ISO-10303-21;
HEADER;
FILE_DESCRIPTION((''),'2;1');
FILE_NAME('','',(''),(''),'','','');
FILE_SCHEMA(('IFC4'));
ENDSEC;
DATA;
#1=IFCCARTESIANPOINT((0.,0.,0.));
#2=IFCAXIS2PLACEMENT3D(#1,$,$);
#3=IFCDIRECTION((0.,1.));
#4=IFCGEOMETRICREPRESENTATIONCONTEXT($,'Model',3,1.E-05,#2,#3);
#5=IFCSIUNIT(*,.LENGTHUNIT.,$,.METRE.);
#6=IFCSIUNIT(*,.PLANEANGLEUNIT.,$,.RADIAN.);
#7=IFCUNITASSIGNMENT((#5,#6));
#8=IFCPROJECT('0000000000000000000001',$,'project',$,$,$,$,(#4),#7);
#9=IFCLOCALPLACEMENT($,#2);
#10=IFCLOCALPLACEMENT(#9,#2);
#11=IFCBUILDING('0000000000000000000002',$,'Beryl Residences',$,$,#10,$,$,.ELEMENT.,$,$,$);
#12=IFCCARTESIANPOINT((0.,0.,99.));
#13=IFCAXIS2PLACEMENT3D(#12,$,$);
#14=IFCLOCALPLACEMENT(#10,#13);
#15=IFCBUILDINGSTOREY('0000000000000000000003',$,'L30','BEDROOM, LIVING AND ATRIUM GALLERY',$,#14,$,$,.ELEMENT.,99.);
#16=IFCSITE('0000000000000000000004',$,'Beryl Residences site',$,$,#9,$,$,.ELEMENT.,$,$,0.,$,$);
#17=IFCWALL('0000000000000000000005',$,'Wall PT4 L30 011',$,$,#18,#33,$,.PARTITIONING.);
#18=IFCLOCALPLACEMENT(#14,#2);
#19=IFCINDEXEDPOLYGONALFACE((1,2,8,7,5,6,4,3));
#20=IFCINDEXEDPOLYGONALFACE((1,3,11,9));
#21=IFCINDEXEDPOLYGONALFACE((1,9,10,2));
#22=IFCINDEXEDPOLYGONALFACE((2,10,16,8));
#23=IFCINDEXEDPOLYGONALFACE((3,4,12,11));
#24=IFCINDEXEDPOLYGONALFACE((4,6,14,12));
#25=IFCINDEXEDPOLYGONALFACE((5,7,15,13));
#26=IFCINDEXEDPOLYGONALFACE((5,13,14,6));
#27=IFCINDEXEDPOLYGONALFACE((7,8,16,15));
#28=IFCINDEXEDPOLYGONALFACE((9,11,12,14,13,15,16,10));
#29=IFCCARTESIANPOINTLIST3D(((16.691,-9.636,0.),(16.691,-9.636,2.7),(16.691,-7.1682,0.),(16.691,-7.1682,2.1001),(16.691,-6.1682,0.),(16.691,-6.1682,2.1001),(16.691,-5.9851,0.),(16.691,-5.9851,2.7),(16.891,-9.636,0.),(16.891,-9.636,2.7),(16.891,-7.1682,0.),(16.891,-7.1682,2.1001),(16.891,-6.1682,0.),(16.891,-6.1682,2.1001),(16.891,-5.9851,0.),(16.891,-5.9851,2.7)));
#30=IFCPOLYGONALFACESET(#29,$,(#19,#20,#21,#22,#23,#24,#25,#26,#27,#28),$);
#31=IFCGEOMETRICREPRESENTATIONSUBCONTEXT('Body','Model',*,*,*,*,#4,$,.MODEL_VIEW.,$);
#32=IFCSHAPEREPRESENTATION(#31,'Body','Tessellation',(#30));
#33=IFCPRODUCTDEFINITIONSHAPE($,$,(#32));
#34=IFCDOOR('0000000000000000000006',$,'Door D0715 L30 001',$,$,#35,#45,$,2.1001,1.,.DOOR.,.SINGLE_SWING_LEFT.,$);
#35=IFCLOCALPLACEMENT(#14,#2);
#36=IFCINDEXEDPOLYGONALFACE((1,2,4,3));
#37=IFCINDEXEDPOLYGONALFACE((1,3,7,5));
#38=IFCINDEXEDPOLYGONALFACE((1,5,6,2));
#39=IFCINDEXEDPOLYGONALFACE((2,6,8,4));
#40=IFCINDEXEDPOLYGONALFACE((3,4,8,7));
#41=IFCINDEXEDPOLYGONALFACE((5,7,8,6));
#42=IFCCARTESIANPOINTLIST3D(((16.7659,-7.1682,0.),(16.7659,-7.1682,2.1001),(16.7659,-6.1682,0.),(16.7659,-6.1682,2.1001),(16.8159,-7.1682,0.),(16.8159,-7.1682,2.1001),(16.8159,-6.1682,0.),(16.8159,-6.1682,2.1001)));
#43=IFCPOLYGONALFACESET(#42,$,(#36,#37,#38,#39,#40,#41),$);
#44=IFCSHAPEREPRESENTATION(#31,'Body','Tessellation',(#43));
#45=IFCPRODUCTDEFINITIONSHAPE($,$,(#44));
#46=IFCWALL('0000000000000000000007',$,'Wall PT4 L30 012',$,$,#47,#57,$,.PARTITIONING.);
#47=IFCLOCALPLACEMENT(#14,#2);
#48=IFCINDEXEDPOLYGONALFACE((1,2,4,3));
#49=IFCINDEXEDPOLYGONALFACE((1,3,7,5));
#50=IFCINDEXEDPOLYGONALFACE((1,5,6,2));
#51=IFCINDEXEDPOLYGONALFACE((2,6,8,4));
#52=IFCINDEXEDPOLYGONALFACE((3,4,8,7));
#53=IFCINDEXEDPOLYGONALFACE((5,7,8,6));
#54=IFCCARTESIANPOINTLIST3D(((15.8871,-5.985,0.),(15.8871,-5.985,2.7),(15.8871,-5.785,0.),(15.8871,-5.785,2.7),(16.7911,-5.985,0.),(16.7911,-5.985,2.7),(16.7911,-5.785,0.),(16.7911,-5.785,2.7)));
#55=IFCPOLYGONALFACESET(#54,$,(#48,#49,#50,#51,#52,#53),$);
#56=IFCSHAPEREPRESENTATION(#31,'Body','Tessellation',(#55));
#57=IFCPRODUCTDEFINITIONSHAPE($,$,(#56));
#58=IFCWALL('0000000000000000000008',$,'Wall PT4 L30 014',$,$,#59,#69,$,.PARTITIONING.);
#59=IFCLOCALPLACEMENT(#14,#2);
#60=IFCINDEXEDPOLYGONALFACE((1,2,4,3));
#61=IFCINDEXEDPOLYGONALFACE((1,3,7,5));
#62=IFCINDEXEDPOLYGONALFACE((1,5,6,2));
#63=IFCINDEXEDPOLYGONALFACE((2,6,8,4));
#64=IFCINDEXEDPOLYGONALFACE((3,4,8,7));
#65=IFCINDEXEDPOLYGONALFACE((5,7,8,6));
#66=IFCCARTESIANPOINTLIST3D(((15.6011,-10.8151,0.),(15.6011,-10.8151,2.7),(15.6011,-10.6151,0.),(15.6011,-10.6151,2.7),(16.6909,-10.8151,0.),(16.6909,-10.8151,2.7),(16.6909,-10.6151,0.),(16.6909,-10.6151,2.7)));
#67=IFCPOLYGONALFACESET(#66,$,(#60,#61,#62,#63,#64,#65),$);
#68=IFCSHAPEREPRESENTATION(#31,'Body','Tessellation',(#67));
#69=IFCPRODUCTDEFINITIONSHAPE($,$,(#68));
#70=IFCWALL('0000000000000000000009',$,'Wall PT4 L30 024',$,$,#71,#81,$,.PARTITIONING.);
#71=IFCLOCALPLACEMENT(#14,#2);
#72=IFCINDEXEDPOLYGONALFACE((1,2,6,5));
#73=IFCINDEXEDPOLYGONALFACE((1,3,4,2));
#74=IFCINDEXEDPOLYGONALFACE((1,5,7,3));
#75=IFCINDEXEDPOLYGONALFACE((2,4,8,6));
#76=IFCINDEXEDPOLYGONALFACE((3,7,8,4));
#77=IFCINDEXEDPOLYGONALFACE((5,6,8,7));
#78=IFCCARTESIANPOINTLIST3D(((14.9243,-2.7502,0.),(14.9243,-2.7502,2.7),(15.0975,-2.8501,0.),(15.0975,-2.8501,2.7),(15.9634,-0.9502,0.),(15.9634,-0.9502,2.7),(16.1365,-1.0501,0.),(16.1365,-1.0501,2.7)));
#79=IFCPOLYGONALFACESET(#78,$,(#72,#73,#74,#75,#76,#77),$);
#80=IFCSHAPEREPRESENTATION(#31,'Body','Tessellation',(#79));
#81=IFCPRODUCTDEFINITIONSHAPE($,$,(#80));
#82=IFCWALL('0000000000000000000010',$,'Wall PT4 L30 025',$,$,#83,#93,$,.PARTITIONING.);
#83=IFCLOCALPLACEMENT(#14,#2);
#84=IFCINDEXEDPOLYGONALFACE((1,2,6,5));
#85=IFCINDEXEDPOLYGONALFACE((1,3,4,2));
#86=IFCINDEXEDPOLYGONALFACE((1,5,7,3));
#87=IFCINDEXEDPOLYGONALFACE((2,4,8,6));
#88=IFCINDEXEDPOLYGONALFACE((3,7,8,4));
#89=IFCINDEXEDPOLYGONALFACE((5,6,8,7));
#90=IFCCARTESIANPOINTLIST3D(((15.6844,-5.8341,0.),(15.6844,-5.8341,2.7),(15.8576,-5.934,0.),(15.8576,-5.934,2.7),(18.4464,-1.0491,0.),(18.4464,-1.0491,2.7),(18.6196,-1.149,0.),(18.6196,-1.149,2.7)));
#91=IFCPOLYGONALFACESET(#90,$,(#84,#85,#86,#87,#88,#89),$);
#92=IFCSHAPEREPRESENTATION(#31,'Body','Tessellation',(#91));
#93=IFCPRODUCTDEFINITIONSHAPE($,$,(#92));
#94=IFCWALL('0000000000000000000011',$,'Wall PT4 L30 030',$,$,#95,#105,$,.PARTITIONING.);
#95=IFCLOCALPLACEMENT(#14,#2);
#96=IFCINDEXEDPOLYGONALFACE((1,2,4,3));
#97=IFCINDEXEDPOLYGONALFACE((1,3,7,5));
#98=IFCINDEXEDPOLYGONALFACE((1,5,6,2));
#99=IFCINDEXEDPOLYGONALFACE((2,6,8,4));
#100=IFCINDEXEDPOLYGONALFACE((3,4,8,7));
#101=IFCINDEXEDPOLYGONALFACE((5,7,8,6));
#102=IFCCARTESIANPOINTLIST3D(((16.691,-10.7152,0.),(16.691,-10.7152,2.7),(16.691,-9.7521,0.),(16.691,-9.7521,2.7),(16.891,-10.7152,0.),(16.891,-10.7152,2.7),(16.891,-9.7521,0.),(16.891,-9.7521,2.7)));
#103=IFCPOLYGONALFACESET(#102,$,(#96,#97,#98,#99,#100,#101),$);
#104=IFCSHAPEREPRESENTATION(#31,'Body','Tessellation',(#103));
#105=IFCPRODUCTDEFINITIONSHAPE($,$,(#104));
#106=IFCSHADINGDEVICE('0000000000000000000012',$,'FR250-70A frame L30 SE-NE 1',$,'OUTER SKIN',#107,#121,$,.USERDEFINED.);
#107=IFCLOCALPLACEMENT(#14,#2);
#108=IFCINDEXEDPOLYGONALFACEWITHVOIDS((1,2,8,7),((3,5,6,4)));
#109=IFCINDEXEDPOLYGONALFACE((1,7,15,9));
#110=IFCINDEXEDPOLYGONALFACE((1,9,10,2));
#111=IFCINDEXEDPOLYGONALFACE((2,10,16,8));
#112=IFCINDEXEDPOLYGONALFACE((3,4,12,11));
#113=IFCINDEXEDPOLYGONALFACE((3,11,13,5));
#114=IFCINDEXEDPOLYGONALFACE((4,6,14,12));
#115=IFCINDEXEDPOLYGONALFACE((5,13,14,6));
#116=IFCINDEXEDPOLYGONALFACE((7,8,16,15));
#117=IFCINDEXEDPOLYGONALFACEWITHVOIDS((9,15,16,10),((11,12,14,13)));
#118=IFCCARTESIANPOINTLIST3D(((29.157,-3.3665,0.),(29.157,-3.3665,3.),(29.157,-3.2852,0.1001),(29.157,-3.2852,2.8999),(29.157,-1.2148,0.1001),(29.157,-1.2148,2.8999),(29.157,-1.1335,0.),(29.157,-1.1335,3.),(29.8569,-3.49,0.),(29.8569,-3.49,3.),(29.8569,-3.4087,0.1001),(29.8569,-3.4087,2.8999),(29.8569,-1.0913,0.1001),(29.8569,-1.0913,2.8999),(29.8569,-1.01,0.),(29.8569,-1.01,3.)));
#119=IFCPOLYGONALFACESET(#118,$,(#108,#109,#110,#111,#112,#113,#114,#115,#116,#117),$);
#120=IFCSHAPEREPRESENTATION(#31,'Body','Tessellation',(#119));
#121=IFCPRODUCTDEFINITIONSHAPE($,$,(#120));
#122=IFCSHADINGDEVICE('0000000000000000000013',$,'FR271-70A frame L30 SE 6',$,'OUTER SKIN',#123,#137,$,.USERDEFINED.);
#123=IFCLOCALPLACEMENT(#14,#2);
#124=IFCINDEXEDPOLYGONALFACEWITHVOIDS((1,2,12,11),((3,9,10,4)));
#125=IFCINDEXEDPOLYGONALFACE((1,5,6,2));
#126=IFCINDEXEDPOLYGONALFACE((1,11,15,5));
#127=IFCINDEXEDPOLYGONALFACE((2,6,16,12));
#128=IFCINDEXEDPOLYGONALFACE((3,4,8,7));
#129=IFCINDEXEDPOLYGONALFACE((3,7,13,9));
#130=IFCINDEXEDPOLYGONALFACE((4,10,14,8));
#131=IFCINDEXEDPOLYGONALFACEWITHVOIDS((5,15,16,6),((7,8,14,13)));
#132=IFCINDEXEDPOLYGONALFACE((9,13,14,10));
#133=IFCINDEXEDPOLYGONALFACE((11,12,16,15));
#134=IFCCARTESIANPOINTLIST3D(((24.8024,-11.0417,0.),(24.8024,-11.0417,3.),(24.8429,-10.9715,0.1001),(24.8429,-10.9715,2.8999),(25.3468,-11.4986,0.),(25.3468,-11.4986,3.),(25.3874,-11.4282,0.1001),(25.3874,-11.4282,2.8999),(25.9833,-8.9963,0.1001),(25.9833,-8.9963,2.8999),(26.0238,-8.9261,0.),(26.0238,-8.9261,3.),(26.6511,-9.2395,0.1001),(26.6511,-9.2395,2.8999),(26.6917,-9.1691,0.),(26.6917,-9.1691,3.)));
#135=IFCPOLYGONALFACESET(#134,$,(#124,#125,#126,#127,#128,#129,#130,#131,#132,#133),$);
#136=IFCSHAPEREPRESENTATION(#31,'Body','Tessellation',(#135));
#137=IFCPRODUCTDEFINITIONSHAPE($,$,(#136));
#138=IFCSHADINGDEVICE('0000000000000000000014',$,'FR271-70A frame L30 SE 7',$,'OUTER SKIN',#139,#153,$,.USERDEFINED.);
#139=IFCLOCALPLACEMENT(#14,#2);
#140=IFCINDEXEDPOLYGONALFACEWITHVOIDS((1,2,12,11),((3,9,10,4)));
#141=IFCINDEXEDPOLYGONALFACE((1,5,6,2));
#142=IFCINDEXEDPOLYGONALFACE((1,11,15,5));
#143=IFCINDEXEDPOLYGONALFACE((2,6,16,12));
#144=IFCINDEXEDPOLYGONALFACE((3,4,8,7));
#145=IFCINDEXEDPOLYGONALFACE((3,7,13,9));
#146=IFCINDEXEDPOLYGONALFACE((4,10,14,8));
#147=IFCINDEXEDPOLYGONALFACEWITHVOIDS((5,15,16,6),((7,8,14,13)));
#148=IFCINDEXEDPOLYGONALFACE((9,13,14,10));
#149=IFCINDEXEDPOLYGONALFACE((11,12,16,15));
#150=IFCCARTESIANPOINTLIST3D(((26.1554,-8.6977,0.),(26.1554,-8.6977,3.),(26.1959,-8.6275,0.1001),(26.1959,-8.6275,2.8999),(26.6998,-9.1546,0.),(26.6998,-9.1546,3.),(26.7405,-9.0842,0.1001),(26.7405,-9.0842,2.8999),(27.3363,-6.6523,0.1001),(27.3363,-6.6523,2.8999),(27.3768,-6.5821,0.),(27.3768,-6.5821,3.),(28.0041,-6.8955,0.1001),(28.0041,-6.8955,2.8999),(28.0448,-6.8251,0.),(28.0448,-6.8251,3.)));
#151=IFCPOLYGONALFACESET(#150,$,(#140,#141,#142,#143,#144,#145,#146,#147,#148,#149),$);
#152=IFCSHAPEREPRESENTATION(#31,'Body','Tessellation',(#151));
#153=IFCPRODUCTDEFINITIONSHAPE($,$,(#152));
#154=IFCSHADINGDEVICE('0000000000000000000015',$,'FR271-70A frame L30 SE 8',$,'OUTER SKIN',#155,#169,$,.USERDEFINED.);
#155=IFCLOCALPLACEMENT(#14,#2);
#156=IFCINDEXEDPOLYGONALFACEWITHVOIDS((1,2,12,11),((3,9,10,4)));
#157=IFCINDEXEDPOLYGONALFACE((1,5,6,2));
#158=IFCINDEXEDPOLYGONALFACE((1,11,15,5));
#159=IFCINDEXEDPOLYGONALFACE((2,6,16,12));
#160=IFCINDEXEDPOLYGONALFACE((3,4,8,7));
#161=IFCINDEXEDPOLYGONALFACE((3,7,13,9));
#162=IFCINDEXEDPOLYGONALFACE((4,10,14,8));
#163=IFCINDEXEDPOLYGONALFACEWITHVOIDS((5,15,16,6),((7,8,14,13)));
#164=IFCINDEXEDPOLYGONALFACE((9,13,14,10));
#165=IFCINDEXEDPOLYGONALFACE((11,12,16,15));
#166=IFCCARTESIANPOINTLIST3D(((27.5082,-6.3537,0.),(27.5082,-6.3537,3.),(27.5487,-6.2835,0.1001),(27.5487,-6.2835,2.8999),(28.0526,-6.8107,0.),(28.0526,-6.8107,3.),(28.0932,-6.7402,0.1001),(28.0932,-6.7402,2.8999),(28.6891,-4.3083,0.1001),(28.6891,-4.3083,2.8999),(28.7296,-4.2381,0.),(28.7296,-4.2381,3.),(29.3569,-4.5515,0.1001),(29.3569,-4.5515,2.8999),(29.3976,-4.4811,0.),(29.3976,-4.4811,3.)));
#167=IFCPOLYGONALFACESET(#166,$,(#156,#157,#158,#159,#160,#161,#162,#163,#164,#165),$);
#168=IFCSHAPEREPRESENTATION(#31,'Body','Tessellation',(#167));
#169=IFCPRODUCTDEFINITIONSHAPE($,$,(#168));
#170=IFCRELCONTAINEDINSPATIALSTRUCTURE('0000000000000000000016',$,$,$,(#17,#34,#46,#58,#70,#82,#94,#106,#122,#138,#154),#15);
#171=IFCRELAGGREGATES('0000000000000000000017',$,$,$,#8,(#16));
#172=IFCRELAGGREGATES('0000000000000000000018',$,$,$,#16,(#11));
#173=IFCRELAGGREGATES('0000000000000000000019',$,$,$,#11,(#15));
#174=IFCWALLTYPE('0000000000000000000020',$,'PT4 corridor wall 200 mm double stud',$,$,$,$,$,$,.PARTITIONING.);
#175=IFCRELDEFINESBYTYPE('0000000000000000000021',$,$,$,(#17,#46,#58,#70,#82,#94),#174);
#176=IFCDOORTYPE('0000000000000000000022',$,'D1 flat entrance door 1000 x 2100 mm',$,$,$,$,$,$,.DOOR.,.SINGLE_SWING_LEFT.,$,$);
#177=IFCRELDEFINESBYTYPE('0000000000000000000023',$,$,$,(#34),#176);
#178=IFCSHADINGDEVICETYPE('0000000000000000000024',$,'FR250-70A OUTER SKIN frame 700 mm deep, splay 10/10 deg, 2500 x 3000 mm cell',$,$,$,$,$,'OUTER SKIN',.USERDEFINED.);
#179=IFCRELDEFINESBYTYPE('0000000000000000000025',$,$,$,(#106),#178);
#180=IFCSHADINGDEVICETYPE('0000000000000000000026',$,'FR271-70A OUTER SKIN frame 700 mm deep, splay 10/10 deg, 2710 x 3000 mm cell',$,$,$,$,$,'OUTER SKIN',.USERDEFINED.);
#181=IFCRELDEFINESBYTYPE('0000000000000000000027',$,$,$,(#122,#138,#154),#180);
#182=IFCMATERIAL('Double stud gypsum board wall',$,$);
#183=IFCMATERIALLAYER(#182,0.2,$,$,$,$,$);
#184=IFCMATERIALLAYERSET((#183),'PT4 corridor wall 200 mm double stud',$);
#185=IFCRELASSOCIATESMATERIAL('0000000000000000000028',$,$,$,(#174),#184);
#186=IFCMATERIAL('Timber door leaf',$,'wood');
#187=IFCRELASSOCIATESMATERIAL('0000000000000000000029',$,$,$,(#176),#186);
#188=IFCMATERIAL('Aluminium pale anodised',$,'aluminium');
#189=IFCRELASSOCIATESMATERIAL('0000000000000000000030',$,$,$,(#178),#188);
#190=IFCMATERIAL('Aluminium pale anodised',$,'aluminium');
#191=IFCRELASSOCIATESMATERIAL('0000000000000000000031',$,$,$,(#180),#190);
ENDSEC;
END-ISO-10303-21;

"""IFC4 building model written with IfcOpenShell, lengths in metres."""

from ifc_helpers import new_model, entity, si_unit, direction, frame, frame_2d, origin, place, context, subcontext, project, spatial, rectangle, extrude, source, transform, mapped, material, layer, layer_set, type_object, type_shapes, element, fill, save


model = new_model("IFC4")

# Units and contexts
model_context = context("Model", 3, precision=1e-05, world=origin(), true_north=direction((0.0, 1.0)))
body_context = subcontext(model_context, "Body", "Model", "MODEL_VIEW")
ifc_project = project(units=[si_unit("LENGTHUNIT", "METRE"), si_unit("PLANEANGLEUNIT", "RADIAN")], contexts=[model_context])

# Site, building, storey
site_placement = place(None, origin())
site = spatial("IfcSite", under=ifc_project, at=site_placement, Name="Beryl Residences site", CompositionType="ELEMENT", RefElevation=0.0)
building_placement = place(site_placement, origin())
building = spatial("IfcBuilding", under=site, at=building_placement, Name="Beryl Residences", CompositionType="ELEMENT")
storey_placement = place(building_placement, frame((0.0, 0.0, 99.0)))
storey = spatial("IfcBuildingStorey", under=building, at=storey_placement, Name="L30", Description="BEDROOM, LIVING AND ATRIUM GALLERY", CompositionType="ELEMENT", Elevation=99.0)

# Wall, opening, door
ifc_material_1 = material(Name="Double stud gypsum board wall")
ifc_layer_1 = layer(ifc_material_1, 0.2)
ifc_layer_set_1 = layer_set([ifc_layer_1], Name="PT4 corridor wall 200 mm double stud")
wall_type_1 = type_object("IfcWallType", Name="PT4 corridor wall 200 mm double stud", PredefinedType="PARTITIONING", material=ifc_layer_set_1)
wall_1_placement = place(storey_placement, frame((16.791, -5.9851, 0.0), z_axis=(0.0, 0.0, 1.0), x_axis=(0.0, -1.0, 0.0)))
wall_1 = element("IfcWall", 1, at=wall_1_placement, inside=storey, type_object=wall_type_1, Name="Wall PT4 L30 011", PredefinedType="PARTITIONING", context=body_context, shape_type="SweptSolid", body=[
    extrude(rectangle(XDim=3.6509, YDim=0.2, at=frame_2d((1.8254, 0.0))), origin(), (0.0, 0.0, 1.0), 2.7),
])
opening_1_placement = place(wall_1_placement, frame((0.1831, 0.0, 0.0)))
opening_1 = element("IfcOpeningElement", 2, at=opening_1_placement, cuts=wall_1, PredefinedType="OPENING", context=body_context, shape_type="SweptSolid", body=[
    extrude(rectangle(XDim=1.0, YDim=2.1001, at=frame_2d((0.5, 1.05))), frame((0.0, 0.1099, 0.0), z_axis=(0.0, -1.0, 0.0), x_axis=(1.0, 0.0, 0.0)), (0.0, 0.0, 1.0), 0.22),
])
ifc_material_2 = material(Name="Timber door leaf", Category="wood")
door_type_1 = type_object("IfcDoorType", Name="D1 flat entrance door 1000 x 2100 mm", OperationType="SINGLE_SWING_LEFT", PredefinedType="DOOR", material=ifc_material_2)
door_1_placement = place(opening_1_placement, origin())
door_1 = element("IfcDoor", 3, at=door_1_placement, inside=storey, type_object=door_type_1, Name="Door D0715 L30 001", OperationType="SINGLE_SWING_LEFT", OverallHeight=2.1001, OverallWidth=1.0, PredefinedType="DOOR", context=body_context, shape_type="SweptSolid", body=[
    extrude(rectangle(XDim=1.0, YDim=2.1001, at=frame_2d((0.5, 1.05))), frame((0.0, 0.0249, 0.0), z_axis=(0.0, -1.0, 0.0), x_axis=(1.0, 0.0, 0.0)), (0.0, 0.0, 1.0), 0.05),
])
fill(opening_1, door_1)

# Walls
wall_2_placement = place(storey_placement, frame((15.887, -5.885, 0.0), z_axis=(0.0, 0.0, 1.0), x_axis=(1.0, 0.0, 0.0)))
element("IfcWall", 4, at=wall_2_placement, inside=storey, type_object=wall_type_1, Name="Wall PT4 L30 012", PredefinedType="PARTITIONING", context=body_context, shape_type="SweptSolid", body=[
    extrude(rectangle(XDim=0.9041, YDim=0.2, at=frame_2d((0.4521, 0.0))), origin(), (0.0, 0.0, 1.0), 2.7),
])
wall_3_placement = place(storey_placement, frame((15.6011, -10.7151, 0.0), z_axis=(0.0, 0.0, 1.0), x_axis=(1.0, 0.0, 0.0)))
element("IfcWall", 5, at=wall_3_placement, inside=storey, type_object=wall_type_1, Name="Wall PT4 L30 014", PredefinedType="PARTITIONING", context=body_context, shape_type="SweptSolid", body=[
    extrude(rectangle(XDim=1.0898, YDim=0.2, at=frame_2d((0.5449, 0.0))), origin(), (0.0, 0.0, 1.0), 2.7),
])
wall_4_placement = place(storey_placement, frame((15.011, -2.8, 0.0), z_axis=(0.0, 0.0, 1.0), x_axis=(0.499929, 0.866066, 0.0)))
element("IfcWall", 6, at=wall_4_placement, inside=storey, type_object=wall_type_1, Name="Wall PT4 L30 024", PredefinedType="PARTITIONING", context=body_context, shape_type="SweptSolid", body=[
    extrude(rectangle(XDim=2.0784, YDim=0.2, at=frame_2d((1.0391, 0.0))), origin(), (0.0, 0.0, 1.0), 2.7),
])
wall_5_placement = place(storey_placement, frame((15.771, -5.884, 0.0), z_axis=(0.0, 0.0, 1.0), x_axis=(0.499918, 0.866073, 0.0)))
element("IfcWall", 7, at=wall_5_placement, inside=storey, type_object=wall_type_1, Name="Wall PT4 L30 025", PredefinedType="PARTITIONING", context=body_context, shape_type="SweptSolid", body=[
    extrude(rectangle(XDim=5.5249, YDim=0.2, at=frame_2d((2.7625, 0.0))), origin(), (0.0, 0.0, 1.0), 2.7),
])
wall_6_placement = place(storey_placement, frame((16.791, -10.7151, 0.0), z_axis=(0.0, 0.0, 1.0), x_axis=(0.0, 1.0, 0.0)))
element("IfcWall", 8, at=wall_6_placement, inside=storey, type_object=wall_type_1, Name="Wall PT4 L30 030", PredefinedType="PARTITIONING", context=body_context, shape_type="SweptSolid", body=[
    extrude(rectangle(XDim=0.9631, YDim=0.2, at=frame_2d((0.4814, 0.0))), origin(), (0.0, 0.0, 1.0), 2.7),
])

# Shading devices
ifc_material_3 = material(Name="Aluminium pale anodised", Category="aluminium")
shading_device_type_1 = type_object("IfcShadingDeviceType", Name="FR250-70A OUTER SKIN frame 700 mm deep, splay 10/10 deg, 2500 x 3000 mm cell", ElementType="OUTER SKIN", PredefinedType="USERDEFINED", material=ifc_material_3)
cartesian_point_1 = entity("IfcCartesianPoint", [-1.1165, 0.0])
cartesian_point_2 = entity("IfcCartesianPoint", [-1.0352, 0.1001])
cartesian_point_3 = entity("IfcCartesianPoint", [-1.24, 0.0])
cartesian_point_4 = entity("IfcCartesianPoint", [-1.1587, 0.1001])
shared_shape_1 = source(origin(), body_context, "Body", "SweptSolid", [
    entity("IfcExtrudedAreaSolidTapered", entity("IfcArbitraryProfileDefWithVoids", "AREA", None, entity("IfcPolyline", [cartesian_point_1, entity("IfcCartesianPoint", [1.1165, 0.0]), entity("IfcCartesianPoint", [1.1165, 3.0]), entity("IfcCartesianPoint", [-1.1165, 3.0]), cartesian_point_1]), [entity("IfcPolyline", [cartesian_point_2, entity("IfcCartesianPoint", [1.0352, 0.1001]), entity("IfcCartesianPoint", [1.0352, 2.8999]), entity("IfcCartesianPoint", [-1.0352, 2.8999]), cartesian_point_2])]), entity("IfcAxis2Placement3D", entity("IfcCartesianPoint", [0.0, 0.0, 0.0]), entity("IfcDirection", [0.0, 1.0, 0.0]), entity("IfcDirection", [-1.0, 0.0, 0.0])), entity("IfcDirection", [0.0, 0.0, 1.0]), 0.7, entity("IfcArbitraryProfileDefWithVoids", "AREA", None, entity("IfcPolyline", [cartesian_point_3, entity("IfcCartesianPoint", [1.24, 0.0]), entity("IfcCartesianPoint", [1.24, 3.0]), entity("IfcCartesianPoint", [-1.24, 3.0]), cartesian_point_3]), [entity("IfcPolyline", [cartesian_point_4, entity("IfcCartesianPoint", [1.1587, 0.1001]), entity("IfcCartesianPoint", [1.1587, 2.8999]), entity("IfcCartesianPoint", [-1.1587, 2.8999]), cartesian_point_4])])),
])
type_shapes(shading_device_type_1, [shared_shape_1])
shading_device_placement = place(storey_placement, frame((29.157, -2.25, 0.0), z_axis=(0.0, 0.0, 1.0), x_axis=(0.0, -1.0, 0.0)))
element("IfcShadingDevice", 9, at=shading_device_placement, inside=storey, type_object=shading_device_type_1, Name="FR250-70A frame L30 SE-NE 1", ObjectType="OUTER SKIN", PredefinedType="USERDEFINED", context=body_context, shape_type="MappedRepresentation", body=[
    mapped(shared_shape_1, transform((0.0, 0.0, 0.0))),
])
ifc_material_4 = material(Name="Aluminium pale anodised", Category="aluminium")
shading_device_type_2 = type_object("IfcShadingDeviceType", Name="FR271-70A OUTER SKIN frame 700 mm deep, splay 10/10 deg, 2710 x 3000 mm cell", ElementType="OUTER SKIN", PredefinedType="USERDEFINED", material=ifc_material_4)
cartesian_point_5 = entity("IfcCartesianPoint", [-1.2214, 0.0])
cartesian_point_6 = entity("IfcCartesianPoint", [-1.1404, 0.1001])
cartesian_point_7 = entity("IfcCartesianPoint", [-1.345, 0.0])
cartesian_point_8 = entity("IfcCartesianPoint", [-1.2637, 0.1001])
shared_shape_2 = source(origin(), body_context, "Body", "SweptSolid", [
    entity("IfcExtrudedAreaSolidTapered", entity("IfcArbitraryProfileDefWithVoids", "AREA", None, entity("IfcPolyline", [cartesian_point_5, entity("IfcCartesianPoint", [1.2214, 0.0]), entity("IfcCartesianPoint", [1.2214, 3.0]), entity("IfcCartesianPoint", [-1.2214, 3.0]), cartesian_point_5]), [entity("IfcPolyline", [cartesian_point_6, entity("IfcCartesianPoint", [1.1404, 0.1001]), entity("IfcCartesianPoint", [1.1404, 2.8999]), entity("IfcCartesianPoint", [-1.1404, 2.8999]), cartesian_point_6])]), entity("IfcAxis2Placement3D", entity("IfcCartesianPoint", [0.0, 0.0, 0.0]), entity("IfcDirection", [0.0, 1.0, 0.0]), entity("IfcDirection", [-1.0, 0.0, 0.0])), entity("IfcDirection", [0.0, 0.0, 1.0]), 0.7, entity("IfcArbitraryProfileDefWithVoids", "AREA", None, entity("IfcPolyline", [cartesian_point_7, entity("IfcCartesianPoint", [1.345, 0.0]), entity("IfcCartesianPoint", [1.345, 3.0]), entity("IfcCartesianPoint", [-1.345, 3.0]), cartesian_point_7]), [entity("IfcPolyline", [cartesian_point_8, entity("IfcCartesianPoint", [1.2637, 0.1001]), entity("IfcCartesianPoint", [1.2637, 2.8999]), entity("IfcCartesianPoint", [-1.2637, 2.8999]), cartesian_point_8])])),
])
type_shapes(shading_device_type_2, [shared_shape_2])
for number, where, z_axis, x_axis, name in (
    (10, (25.4131, -9.9839, 0.0), (0.0, 0.0, 1.0), (-0.5, -0.866025, 0.0), "FR271-70A frame L30 SE 6"),
    (11, (26.7661, -7.6399, 0.0), (0.0, 0.0, 1.0), (-0.5, -0.866025, 0.0), "FR271-70A frame L30 SE 7"),
    (12, (28.1189, -5.2959, 0.0), (0.0, 0.0, 1.0), (-0.5, -0.866025, 0.0), "FR271-70A frame L30 SE 8"),
):
    element("IfcShadingDevice", number, at=place(storey_placement, frame(where, z_axis=z_axis, x_axis=x_axis)), inside=storey, type_object=shading_device_type_2, Name=name, ObjectType="OUTER SKIN", PredefinedType="USERDEFINED", context=body_context, shape_type="MappedRepresentation", body=[
        mapped(shared_shape_2, transform((0.0, 0.0, 0.0))),
    ])

save(model, "model.ifc")
